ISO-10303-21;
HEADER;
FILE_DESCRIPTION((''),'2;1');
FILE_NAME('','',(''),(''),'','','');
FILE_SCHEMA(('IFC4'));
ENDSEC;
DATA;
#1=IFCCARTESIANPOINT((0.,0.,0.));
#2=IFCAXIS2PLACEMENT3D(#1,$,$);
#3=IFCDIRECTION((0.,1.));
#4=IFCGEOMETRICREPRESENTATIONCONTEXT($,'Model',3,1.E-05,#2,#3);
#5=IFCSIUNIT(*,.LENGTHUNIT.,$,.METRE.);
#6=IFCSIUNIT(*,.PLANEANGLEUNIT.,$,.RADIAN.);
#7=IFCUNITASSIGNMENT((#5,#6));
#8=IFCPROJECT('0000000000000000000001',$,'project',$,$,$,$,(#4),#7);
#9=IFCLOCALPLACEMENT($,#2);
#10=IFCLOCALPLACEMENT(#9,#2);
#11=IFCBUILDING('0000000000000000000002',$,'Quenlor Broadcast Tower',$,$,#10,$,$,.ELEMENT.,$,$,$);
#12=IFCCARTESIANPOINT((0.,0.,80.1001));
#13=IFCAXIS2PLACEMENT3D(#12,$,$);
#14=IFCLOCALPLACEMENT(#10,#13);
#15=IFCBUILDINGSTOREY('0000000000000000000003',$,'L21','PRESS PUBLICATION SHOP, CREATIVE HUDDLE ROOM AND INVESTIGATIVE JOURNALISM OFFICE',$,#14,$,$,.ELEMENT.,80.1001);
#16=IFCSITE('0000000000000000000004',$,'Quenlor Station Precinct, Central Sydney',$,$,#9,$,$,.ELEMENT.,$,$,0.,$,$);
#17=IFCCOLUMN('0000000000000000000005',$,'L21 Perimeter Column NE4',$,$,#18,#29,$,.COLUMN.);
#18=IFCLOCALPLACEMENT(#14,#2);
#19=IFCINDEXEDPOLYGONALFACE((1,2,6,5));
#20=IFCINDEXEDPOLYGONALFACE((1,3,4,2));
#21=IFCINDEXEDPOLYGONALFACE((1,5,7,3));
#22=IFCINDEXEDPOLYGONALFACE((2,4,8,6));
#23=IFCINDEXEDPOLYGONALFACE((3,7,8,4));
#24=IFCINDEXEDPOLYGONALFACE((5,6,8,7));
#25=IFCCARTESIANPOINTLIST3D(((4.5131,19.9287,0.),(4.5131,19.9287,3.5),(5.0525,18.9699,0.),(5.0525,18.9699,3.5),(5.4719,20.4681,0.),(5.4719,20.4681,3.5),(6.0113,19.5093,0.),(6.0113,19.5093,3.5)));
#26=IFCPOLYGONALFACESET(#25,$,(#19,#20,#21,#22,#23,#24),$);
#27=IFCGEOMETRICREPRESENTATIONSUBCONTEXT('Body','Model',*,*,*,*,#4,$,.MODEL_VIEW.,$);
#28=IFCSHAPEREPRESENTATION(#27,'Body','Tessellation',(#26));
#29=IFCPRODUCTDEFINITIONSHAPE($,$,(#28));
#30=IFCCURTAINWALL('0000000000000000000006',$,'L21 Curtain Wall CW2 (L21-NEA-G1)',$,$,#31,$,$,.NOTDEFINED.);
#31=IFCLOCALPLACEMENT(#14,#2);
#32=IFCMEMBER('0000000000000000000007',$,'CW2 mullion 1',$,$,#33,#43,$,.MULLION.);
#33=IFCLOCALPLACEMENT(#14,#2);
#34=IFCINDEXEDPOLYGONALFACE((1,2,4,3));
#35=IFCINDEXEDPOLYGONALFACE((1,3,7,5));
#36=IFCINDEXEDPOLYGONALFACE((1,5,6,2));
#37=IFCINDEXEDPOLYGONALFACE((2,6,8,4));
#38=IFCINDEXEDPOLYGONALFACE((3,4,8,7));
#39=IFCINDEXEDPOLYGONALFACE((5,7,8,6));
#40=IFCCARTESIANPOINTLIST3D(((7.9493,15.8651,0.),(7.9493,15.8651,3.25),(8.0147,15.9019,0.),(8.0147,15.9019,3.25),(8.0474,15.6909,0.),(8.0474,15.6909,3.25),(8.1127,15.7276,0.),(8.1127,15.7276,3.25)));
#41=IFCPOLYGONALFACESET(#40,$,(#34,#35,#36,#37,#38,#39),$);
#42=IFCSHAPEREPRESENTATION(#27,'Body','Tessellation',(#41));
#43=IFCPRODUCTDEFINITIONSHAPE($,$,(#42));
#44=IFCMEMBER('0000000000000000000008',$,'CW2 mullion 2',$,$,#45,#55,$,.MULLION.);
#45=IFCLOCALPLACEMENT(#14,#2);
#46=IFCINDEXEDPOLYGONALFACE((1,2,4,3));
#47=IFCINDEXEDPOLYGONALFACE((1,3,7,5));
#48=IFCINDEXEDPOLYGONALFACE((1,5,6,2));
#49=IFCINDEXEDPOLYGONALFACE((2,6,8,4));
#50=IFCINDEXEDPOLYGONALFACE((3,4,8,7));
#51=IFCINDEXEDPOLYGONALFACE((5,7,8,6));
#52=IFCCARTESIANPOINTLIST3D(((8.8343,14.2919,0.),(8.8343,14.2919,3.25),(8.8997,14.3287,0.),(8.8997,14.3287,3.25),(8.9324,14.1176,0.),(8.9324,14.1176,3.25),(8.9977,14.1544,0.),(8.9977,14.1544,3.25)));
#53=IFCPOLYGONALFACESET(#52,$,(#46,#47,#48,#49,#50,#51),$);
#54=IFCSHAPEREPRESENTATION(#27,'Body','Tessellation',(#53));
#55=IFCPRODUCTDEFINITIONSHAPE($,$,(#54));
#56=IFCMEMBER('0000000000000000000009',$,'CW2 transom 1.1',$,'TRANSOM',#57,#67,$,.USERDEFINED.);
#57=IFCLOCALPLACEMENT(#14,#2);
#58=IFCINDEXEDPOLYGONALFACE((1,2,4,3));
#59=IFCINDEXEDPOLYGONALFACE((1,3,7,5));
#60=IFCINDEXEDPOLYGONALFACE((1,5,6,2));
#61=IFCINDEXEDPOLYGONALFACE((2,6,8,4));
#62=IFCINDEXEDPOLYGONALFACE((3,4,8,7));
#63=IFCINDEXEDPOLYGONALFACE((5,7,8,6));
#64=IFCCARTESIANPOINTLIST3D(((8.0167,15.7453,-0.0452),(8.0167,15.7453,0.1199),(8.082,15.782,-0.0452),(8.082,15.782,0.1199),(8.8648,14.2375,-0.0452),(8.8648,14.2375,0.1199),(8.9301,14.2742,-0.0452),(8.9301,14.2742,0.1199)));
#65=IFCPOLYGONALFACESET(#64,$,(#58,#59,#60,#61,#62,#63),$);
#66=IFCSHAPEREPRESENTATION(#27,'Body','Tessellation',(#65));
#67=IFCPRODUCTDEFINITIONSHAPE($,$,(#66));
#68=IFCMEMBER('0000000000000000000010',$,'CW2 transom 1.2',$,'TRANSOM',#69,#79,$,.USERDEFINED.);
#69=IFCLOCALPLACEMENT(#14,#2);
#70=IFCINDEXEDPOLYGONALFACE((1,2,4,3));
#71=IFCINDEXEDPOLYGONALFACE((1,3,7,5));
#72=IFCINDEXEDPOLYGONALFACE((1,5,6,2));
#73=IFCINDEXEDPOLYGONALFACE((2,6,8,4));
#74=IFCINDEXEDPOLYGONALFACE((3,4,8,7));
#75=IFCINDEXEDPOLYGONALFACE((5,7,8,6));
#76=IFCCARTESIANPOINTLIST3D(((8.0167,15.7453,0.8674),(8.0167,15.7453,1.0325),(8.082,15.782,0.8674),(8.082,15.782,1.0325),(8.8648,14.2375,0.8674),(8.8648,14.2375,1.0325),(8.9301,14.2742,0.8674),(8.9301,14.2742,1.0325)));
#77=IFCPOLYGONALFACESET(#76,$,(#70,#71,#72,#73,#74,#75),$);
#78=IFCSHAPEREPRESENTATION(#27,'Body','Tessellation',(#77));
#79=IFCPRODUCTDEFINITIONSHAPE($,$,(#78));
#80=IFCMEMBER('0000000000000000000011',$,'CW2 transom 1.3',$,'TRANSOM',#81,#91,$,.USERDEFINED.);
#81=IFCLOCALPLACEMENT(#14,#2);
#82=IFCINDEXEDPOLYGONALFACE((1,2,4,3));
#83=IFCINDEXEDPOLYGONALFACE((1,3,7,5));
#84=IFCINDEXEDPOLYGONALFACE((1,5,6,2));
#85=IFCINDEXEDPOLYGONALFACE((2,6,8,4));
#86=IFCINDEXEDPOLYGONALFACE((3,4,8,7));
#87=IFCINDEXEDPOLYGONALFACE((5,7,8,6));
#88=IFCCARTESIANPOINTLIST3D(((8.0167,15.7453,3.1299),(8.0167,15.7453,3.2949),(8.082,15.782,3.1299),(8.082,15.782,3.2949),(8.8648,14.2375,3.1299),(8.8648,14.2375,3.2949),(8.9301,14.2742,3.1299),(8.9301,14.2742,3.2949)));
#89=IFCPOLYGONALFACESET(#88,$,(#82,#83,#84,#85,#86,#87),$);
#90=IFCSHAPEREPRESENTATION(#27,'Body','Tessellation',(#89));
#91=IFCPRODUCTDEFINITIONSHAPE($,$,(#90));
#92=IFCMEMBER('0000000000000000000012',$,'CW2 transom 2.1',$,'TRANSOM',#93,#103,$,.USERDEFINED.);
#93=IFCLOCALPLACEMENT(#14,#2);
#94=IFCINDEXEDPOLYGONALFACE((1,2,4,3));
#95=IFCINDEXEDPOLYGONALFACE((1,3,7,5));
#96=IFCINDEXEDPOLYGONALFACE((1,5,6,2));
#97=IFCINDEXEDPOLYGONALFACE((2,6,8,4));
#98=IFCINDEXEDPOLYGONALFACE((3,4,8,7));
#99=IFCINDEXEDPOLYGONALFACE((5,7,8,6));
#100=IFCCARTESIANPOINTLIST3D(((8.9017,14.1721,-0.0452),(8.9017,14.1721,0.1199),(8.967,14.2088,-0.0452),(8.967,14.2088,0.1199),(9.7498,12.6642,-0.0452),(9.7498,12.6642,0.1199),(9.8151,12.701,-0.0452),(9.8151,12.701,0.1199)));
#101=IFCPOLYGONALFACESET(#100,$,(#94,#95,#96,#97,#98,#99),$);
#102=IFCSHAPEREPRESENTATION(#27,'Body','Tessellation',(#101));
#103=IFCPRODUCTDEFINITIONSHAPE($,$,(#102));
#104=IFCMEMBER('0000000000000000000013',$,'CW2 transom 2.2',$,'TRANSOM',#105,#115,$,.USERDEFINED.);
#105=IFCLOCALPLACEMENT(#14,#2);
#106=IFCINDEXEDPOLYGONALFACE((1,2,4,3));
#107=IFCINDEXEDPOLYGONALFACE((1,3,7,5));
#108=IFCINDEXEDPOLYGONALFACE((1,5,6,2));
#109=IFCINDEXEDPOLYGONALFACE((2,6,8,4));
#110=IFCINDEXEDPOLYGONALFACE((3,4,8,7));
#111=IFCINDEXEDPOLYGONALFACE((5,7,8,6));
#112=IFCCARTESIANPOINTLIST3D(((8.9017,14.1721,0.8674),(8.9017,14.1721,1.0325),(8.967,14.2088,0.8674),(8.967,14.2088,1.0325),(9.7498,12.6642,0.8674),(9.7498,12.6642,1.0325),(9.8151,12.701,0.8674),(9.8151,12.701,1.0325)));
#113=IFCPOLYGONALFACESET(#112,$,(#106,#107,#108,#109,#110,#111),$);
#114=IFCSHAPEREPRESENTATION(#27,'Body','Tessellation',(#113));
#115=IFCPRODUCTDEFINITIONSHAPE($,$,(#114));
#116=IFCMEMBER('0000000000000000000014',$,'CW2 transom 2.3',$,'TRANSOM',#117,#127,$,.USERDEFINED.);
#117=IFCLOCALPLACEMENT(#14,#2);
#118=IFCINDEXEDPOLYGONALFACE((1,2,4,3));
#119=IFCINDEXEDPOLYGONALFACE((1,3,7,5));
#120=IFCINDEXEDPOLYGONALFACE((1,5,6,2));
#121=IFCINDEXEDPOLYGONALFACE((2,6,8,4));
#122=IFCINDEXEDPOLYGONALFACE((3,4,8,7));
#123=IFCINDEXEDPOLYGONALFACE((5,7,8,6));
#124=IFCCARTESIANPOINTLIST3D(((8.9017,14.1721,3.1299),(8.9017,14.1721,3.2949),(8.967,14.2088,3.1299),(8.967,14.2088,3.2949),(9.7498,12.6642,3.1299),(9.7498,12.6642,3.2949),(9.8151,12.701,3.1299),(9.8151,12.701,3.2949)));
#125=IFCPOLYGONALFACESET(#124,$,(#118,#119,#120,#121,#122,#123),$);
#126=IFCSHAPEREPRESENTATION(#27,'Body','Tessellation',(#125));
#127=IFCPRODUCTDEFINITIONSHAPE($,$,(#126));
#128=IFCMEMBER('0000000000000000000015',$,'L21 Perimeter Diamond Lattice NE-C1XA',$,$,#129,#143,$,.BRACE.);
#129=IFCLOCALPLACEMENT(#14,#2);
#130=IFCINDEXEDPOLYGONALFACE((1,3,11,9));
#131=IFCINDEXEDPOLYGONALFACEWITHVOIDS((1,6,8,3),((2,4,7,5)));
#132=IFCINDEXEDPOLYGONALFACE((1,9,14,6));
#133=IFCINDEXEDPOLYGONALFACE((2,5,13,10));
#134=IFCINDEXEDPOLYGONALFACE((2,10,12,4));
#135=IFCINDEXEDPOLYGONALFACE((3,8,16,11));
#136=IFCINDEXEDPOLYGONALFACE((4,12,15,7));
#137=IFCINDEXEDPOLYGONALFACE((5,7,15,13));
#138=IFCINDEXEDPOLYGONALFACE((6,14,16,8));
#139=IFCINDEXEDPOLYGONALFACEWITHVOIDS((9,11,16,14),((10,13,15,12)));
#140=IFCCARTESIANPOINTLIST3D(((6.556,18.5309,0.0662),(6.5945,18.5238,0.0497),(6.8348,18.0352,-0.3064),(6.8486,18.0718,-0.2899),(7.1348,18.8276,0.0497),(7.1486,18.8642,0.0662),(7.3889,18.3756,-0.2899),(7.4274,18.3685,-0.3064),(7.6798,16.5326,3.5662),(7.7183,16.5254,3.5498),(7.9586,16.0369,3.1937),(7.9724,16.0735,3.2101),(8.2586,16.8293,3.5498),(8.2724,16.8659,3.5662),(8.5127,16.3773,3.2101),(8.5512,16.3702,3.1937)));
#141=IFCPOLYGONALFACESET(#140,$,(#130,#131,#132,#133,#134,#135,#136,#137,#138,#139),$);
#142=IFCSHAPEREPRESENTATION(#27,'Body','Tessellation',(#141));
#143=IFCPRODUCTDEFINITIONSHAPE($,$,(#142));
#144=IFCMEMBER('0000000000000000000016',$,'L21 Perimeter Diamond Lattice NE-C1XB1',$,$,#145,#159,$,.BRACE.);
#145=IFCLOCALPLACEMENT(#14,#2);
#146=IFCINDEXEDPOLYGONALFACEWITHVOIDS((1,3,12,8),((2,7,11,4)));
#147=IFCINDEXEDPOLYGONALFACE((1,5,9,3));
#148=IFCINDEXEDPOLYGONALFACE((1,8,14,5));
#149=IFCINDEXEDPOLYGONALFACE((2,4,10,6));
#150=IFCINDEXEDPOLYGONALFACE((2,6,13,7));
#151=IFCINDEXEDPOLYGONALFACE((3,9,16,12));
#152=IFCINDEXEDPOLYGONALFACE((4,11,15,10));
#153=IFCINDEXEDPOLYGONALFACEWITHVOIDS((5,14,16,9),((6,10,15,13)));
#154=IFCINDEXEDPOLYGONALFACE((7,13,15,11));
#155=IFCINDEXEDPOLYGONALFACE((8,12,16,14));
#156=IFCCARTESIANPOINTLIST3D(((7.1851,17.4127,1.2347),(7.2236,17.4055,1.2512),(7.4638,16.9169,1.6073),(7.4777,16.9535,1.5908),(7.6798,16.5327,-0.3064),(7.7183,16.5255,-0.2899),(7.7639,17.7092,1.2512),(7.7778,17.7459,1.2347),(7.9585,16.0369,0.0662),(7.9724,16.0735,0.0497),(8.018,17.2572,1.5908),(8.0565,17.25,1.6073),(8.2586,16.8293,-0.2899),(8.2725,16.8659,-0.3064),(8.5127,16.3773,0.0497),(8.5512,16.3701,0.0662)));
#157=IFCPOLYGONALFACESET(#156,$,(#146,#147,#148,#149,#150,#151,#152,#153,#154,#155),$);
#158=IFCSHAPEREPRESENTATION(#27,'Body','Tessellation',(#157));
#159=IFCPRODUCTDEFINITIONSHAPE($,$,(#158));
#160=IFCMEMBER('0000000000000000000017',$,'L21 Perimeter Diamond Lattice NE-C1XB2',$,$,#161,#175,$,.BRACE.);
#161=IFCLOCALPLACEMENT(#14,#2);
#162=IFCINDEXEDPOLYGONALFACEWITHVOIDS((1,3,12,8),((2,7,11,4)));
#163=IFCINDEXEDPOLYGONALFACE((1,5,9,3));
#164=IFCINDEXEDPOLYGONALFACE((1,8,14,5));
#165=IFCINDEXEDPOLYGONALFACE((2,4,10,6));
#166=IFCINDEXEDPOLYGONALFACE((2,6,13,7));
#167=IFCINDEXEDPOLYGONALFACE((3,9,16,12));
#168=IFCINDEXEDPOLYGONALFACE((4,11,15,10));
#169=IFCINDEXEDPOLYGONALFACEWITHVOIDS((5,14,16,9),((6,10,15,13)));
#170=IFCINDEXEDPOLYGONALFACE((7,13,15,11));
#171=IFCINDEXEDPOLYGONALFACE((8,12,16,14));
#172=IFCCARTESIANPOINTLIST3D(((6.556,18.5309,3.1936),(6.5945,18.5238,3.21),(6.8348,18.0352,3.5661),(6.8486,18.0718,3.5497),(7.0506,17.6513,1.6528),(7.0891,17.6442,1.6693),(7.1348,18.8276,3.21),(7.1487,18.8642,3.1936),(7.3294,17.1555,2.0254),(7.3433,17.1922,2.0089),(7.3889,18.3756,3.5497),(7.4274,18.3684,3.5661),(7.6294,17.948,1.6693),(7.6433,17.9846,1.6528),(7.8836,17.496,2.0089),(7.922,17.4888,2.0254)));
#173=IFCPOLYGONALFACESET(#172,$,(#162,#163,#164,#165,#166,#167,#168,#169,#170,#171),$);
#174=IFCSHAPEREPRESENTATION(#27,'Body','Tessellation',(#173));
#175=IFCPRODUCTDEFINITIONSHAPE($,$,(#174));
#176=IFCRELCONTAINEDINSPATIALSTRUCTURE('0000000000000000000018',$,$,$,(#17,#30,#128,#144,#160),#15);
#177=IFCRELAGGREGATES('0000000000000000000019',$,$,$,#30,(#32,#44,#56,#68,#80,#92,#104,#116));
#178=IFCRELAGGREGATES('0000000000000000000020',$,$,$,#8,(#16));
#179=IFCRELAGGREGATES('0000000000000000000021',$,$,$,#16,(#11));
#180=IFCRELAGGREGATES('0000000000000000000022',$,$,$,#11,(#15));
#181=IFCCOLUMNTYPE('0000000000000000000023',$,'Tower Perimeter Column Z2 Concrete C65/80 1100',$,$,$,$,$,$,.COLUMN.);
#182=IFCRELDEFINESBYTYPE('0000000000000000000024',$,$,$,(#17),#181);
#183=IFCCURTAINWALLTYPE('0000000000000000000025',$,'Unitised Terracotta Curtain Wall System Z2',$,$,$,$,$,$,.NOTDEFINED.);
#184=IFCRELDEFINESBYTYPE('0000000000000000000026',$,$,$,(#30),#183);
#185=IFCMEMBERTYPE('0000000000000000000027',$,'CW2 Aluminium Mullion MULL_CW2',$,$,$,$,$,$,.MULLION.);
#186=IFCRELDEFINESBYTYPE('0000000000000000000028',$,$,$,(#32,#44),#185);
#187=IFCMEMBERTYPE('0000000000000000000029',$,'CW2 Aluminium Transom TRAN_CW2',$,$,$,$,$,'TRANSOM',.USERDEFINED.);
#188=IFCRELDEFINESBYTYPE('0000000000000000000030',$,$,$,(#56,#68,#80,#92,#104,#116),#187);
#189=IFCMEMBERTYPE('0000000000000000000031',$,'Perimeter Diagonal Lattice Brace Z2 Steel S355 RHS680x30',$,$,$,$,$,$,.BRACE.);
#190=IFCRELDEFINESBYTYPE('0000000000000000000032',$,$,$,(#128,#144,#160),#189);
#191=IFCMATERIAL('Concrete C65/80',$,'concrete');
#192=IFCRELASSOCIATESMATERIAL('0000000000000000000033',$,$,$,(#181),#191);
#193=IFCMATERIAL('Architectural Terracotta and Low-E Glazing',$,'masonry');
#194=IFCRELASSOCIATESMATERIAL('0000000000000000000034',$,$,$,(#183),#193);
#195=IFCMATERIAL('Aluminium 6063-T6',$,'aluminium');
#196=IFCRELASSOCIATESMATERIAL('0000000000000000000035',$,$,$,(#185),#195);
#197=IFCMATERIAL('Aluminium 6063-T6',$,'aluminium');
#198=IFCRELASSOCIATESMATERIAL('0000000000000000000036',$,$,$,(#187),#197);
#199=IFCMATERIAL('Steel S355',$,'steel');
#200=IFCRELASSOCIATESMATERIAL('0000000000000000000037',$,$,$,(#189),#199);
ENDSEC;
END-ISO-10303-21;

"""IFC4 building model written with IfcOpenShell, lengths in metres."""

from ifc_helpers import new_model, si_unit, direction, frame, origin, origin_2d, place, context, subcontext, project, spatial, rectangle, hollow_rectangle, extrude, material, material_profile, profile_set, type_object, element, aggregate, save


model = new_model("IFC4")

# Units and contexts
model_context = context("Model", 3, precision=1e-05, world=origin(), true_north=direction((0.0, 1.0)))
body_context = subcontext(model_context, "Body", "Model", "MODEL_VIEW")
ifc_project = project(units=[si_unit("LENGTHUNIT", "METRE"), si_unit("PLANEANGLEUNIT", "RADIAN")], contexts=[model_context])

# Site, building, storey
site_placement = place(None, origin())
site = spatial("IfcSite", under=ifc_project, at=site_placement, Name="Quenlor Station Precinct, Central Sydney", CompositionType="ELEMENT", RefElevation=0.0)
building_placement = place(site_placement, origin())
building = spatial("IfcBuilding", under=site, at=building_placement, Name="Quenlor Broadcast Tower", CompositionType="ELEMENT")
storey_placement = place(building_placement, frame((0.0, 0.0, 80.1001)))
storey = spatial("IfcBuildingStorey", under=building, at=storey_placement, Name="L21", Description="PRESS PUBLICATION SHOP, CREATIVE HUDDLE ROOM AND INVESTIGATIVE JOURNALISM OFFICE", CompositionType="ELEMENT", Elevation=80.1001)

# Column
ifc_material_1 = material(Name="Concrete C65/80", Category="concrete")
ifc_material_profile_1 = material_profile(ifc_material_1, rectangle(XDim=1.1001, YDim=1.1001, at=origin_2d()))
ifc_profile_set_1 = profile_set([ifc_material_profile_1], Name="Concrete C65/80 RC1100x1100")
column_type = type_object("IfcColumnType", Name="Tower Perimeter Column Z2 Concrete C65/80 1100", PredefinedType="COLUMN", material=ifc_profile_set_1)
column_placement = place(storey_placement, frame((5.2622, 19.719, 0.0), z_axis=(0.0, 0.0, 1.0), x_axis=(0.871575, 0.490262, 0.0)))
element("IfcColumn", 1, at=column_placement, inside=storey, type_object=column_type, Name="L21 Perimeter Column NE4", PredefinedType="COLUMN", context=body_context, shape_type="SweptSolid", body=[
    extrude(rectangle(XDim=1.1001, YDim=1.1001, at=origin_2d()), origin(), (0.0, 0.0, 1.0), 3.5),
])

# Curtain wall, members
ifc_material_2 = material(Name="Architectural Terracotta and Low-E Glazing", Category="masonry")
curtain_wall_type = type_object("IfcCurtainWallType", Name="Unitised Terracotta Curtain Wall System Z2", PredefinedType="NOTDEFINED", material=ifc_material_2)
curtain_wall_placement = place(storey_placement, origin())
curtain_wall = element("IfcCurtainWall", 2, at=curtain_wall_placement, inside=storey, type_object=curtain_wall_type, Name="L21 Curtain Wall CW2 (L21-NEA-G1)", PredefinedType="NOTDEFINED")
ifc_material_3 = material(Name="Aluminium 6063-T6", Category="aluminium")
ifc_material_profile_2 = material_profile(ifc_material_3, rectangle(XDim=0.075, YDim=0.2, at=origin_2d()))
ifc_profile_set_2 = profile_set([ifc_material_profile_2], Name="Aluminium 6063-T6 MULL75x200")
member_type_1 = type_object("IfcMemberType", Name="CW2 Aluminium Mullion MULL_CW2", PredefinedType="MULLION", material=ifc_profile_set_2)
member_1_placement = place(storey_placement, frame((8.031, 15.7964, 0.0), z_axis=(0.0, 0.0, 1.0), x_axis=(0.871573, 0.490265, 0.0)))
member_1 = element("IfcMember", 3, at=member_1_placement, type_object=member_type_1, Name="CW2 mullion 1", PredefinedType="MULLION", context=body_context, shape_type="SweptSolid", body=[
    extrude(rectangle(XDim=0.075, YDim=0.2, at=origin_2d()), origin(), (0.0, 0.0, 1.0), 3.25),
])
member_2_placement = place(storey_placement, frame((8.916, 14.2231, 0.0), z_axis=(0.0, 0.0, 1.0), x_axis=(0.871573, 0.490265, 0.0)))
member_2 = element("IfcMember", 4, at=member_2_placement, type_object=member_type_1, Name="CW2 mullion 2", PredefinedType="MULLION", context=body_context, shape_type="SweptSolid", body=[
    extrude(rectangle(XDim=0.075, YDim=0.2, at=origin_2d()), origin(), (0.0, 0.0, 1.0), 3.25),
])
ifc_material_4 = material(Name="Aluminium 6063-T6", Category="aluminium")
ifc_material_profile_3 = material_profile(ifc_material_4, rectangle(XDim=0.075, YDim=0.165, at=origin_2d()))
ifc_profile_set_3 = profile_set([ifc_material_profile_3], Name="Aluminium 6063-T6 TRAN75x165")
member_type_2 = type_object("IfcMemberType", Name="CW2 Aluminium Transom TRAN_CW2", ElementType="TRANSOM", PredefinedType="USERDEFINED", material=ifc_profile_set_3)
member_3_placement = place(storey_placement, frame((8.0493, 15.7637, 0.0374), z_axis=(0.490261, -0.871576, 0.0), x_axis=(0.871576, 0.490261, 0.0)))
member_3 = element("IfcMember", 5, at=member_3_placement, type_object=member_type_2, Name="CW2 transom 1.1", ObjectType="TRANSOM", PredefinedType="USERDEFINED", context=body_context, shape_type="SweptSolid", body=[
    extrude(rectangle(XDim=0.075, YDim=0.165, at=origin_2d()), origin(), (0.0, 0.0, 1.0), 1.73),
])
member_4_placement = place(storey_placement, frame((8.0493, 15.7637, 0.95), z_axis=(0.490261, -0.871576, 0.0), x_axis=(0.871576, 0.490261, 0.0)))
member_4 = element("IfcMember", 6, at=member_4_placement, type_object=member_type_2, Name="CW2 transom 1.2", ObjectType="TRANSOM", PredefinedType="USERDEFINED", context=body_context, shape_type="SweptSolid", body=[
    extrude(rectangle(XDim=0.075, YDim=0.165, at=origin_2d()), origin(), (0.0, 0.0, 1.0), 1.73),
])
member_5_placement = place(storey_placement, frame((8.0493, 15.7637, 3.2124), z_axis=(0.490261, -0.871576, 0.0), x_axis=(0.871576, 0.490261, 0.0)))
member_5 = element("IfcMember", 7, at=member_5_placement, type_object=member_type_2, Name="CW2 transom 1.3", ObjectType="TRANSOM", PredefinedType="USERDEFINED", context=body_context, shape_type="SweptSolid", body=[
    extrude(rectangle(XDim=0.075, YDim=0.165, at=origin_2d()), origin(), (0.0, 0.0, 1.0), 1.73),
])
member_6_placement = place(storey_placement, frame((8.9343, 14.1904, 0.0374), z_axis=(0.490261, -0.871576, 0.0), x_axis=(0.871576, 0.490261, 0.0)))
member_6 = element("IfcMember", 8, at=member_6_placement, type_object=member_type_2, Name="CW2 transom 2.1", ObjectType="TRANSOM", PredefinedType="USERDEFINED", context=body_context, shape_type="SweptSolid", body=[
    extrude(rectangle(XDim=0.075, YDim=0.165, at=origin_2d()), origin(), (0.0, 0.0, 1.0), 1.73),
])
member_7_placement = place(storey_placement, frame((8.9343, 14.1904, 0.95), z_axis=(0.490261, -0.871576, 0.0), x_axis=(0.871576, 0.490261, 0.0)))
member_7 = element("IfcMember", 9, at=member_7_placement, type_object=member_type_2, Name="CW2 transom 2.2", ObjectType="TRANSOM", PredefinedType="USERDEFINED", context=body_context, shape_type="SweptSolid", body=[
    extrude(rectangle(XDim=0.075, YDim=0.165, at=origin_2d()), origin(), (0.0, 0.0, 1.0), 1.73),
])
member_8_placement = place(storey_placement, frame((8.9343, 14.1904, 3.2124), z_axis=(0.490261, -0.871576, 0.0), x_axis=(0.871576, 0.490261, 0.0)))
member_8 = element("IfcMember", 10, at=member_8_placement, type_object=member_type_2, Name="CW2 transom 2.3", ObjectType="TRANSOM", PredefinedType="USERDEFINED", context=body_context, shape_type="SweptSolid", body=[
    extrude(rectangle(XDim=0.075, YDim=0.165, at=origin_2d()), origin(), (0.0, 0.0, 1.0), 1.73),
])

# Members
ifc_material_5 = material(Name="Steel S355", Category="steel")
ifc_material_profile_4 = material_profile(ifc_material_5, hollow_rectangle(XDim=0.6799, YDim=0.6799, WallThickness=0.03, at=origin_2d()))
ifc_profile_set_4 = profile_set([ifc_material_profile_4], Name="Steel S355 RHS680x680x30")
member_type_3 = type_object("IfcMemberType", Name="Perimeter Diagonal Lattice Brace Z2 Steel S355 RHS680x30", PredefinedType="BRACE", material=ifc_profile_set_4)
member_9_placement = place(storey_placement, frame((6.9917, 18.4497, -0.1201), z_axis=(0.268588, -0.4776, 0.836516), x_axis=(0.871624, 0.490175, 0.0)))
element("IfcMember", 11, at=member_9_placement, inside=storey, type_object=member_type_3, Name="L21 Perimeter Diamond Lattice NE-C1XA", PredefinedType="BRACE", context=body_context, shape_type="SweptSolid", body=[
    extrude(hollow_rectangle(XDim=0.6799, YDim=0.6799, WallThickness=0.03, at=origin_2d()), origin(), (0.0, 0.0, 1.0), 4.1841),
])
member_10_placement = place(storey_placement, frame((8.1155, 16.4514, -0.1201), z_axis=(-0.268504, 0.477635, 0.836523), x_axis=(-0.871705, -0.490032, 0.0)))
element("IfcMember", 12, at=member_10_placement, inside=storey, type_object=member_type_3, Name="L21 Perimeter Diamond Lattice NE-C1XB1", PredefinedType="BRACE", context=body_context, shape_type="SweptSolid", body=[
    extrude(hollow_rectangle(XDim=0.6799, YDim=0.6799, WallThickness=0.03, at=origin_2d()), origin(), (0.0, 0.0, 1.0), 1.8423),
])
member_11_placement = place(storey_placement, frame((7.4863, 17.5701, 1.8391), z_axis=(-0.268551, 0.477585, 0.836536), x_axis=(-0.871647, -0.490135, 0.0)))
element("IfcMember", 13, at=member_11_placement, inside=storey, type_object=member_type_3, Name="L21 Perimeter Diamond Lattice NE-C1XB2", PredefinedType="BRACE", context=body_context, shape_type="SweptSolid", body=[
    extrude(hollow_rectangle(XDim=0.6799, YDim=0.6799, WallThickness=0.03, at=origin_2d()), origin(), (0.0, 0.0, 1.0), 1.8418),
])

aggregate(curtain_wall, [member_1, member_2, member_3, member_4, member_5, member_6, member_7, member_8])

save(model, "model.ifc")
